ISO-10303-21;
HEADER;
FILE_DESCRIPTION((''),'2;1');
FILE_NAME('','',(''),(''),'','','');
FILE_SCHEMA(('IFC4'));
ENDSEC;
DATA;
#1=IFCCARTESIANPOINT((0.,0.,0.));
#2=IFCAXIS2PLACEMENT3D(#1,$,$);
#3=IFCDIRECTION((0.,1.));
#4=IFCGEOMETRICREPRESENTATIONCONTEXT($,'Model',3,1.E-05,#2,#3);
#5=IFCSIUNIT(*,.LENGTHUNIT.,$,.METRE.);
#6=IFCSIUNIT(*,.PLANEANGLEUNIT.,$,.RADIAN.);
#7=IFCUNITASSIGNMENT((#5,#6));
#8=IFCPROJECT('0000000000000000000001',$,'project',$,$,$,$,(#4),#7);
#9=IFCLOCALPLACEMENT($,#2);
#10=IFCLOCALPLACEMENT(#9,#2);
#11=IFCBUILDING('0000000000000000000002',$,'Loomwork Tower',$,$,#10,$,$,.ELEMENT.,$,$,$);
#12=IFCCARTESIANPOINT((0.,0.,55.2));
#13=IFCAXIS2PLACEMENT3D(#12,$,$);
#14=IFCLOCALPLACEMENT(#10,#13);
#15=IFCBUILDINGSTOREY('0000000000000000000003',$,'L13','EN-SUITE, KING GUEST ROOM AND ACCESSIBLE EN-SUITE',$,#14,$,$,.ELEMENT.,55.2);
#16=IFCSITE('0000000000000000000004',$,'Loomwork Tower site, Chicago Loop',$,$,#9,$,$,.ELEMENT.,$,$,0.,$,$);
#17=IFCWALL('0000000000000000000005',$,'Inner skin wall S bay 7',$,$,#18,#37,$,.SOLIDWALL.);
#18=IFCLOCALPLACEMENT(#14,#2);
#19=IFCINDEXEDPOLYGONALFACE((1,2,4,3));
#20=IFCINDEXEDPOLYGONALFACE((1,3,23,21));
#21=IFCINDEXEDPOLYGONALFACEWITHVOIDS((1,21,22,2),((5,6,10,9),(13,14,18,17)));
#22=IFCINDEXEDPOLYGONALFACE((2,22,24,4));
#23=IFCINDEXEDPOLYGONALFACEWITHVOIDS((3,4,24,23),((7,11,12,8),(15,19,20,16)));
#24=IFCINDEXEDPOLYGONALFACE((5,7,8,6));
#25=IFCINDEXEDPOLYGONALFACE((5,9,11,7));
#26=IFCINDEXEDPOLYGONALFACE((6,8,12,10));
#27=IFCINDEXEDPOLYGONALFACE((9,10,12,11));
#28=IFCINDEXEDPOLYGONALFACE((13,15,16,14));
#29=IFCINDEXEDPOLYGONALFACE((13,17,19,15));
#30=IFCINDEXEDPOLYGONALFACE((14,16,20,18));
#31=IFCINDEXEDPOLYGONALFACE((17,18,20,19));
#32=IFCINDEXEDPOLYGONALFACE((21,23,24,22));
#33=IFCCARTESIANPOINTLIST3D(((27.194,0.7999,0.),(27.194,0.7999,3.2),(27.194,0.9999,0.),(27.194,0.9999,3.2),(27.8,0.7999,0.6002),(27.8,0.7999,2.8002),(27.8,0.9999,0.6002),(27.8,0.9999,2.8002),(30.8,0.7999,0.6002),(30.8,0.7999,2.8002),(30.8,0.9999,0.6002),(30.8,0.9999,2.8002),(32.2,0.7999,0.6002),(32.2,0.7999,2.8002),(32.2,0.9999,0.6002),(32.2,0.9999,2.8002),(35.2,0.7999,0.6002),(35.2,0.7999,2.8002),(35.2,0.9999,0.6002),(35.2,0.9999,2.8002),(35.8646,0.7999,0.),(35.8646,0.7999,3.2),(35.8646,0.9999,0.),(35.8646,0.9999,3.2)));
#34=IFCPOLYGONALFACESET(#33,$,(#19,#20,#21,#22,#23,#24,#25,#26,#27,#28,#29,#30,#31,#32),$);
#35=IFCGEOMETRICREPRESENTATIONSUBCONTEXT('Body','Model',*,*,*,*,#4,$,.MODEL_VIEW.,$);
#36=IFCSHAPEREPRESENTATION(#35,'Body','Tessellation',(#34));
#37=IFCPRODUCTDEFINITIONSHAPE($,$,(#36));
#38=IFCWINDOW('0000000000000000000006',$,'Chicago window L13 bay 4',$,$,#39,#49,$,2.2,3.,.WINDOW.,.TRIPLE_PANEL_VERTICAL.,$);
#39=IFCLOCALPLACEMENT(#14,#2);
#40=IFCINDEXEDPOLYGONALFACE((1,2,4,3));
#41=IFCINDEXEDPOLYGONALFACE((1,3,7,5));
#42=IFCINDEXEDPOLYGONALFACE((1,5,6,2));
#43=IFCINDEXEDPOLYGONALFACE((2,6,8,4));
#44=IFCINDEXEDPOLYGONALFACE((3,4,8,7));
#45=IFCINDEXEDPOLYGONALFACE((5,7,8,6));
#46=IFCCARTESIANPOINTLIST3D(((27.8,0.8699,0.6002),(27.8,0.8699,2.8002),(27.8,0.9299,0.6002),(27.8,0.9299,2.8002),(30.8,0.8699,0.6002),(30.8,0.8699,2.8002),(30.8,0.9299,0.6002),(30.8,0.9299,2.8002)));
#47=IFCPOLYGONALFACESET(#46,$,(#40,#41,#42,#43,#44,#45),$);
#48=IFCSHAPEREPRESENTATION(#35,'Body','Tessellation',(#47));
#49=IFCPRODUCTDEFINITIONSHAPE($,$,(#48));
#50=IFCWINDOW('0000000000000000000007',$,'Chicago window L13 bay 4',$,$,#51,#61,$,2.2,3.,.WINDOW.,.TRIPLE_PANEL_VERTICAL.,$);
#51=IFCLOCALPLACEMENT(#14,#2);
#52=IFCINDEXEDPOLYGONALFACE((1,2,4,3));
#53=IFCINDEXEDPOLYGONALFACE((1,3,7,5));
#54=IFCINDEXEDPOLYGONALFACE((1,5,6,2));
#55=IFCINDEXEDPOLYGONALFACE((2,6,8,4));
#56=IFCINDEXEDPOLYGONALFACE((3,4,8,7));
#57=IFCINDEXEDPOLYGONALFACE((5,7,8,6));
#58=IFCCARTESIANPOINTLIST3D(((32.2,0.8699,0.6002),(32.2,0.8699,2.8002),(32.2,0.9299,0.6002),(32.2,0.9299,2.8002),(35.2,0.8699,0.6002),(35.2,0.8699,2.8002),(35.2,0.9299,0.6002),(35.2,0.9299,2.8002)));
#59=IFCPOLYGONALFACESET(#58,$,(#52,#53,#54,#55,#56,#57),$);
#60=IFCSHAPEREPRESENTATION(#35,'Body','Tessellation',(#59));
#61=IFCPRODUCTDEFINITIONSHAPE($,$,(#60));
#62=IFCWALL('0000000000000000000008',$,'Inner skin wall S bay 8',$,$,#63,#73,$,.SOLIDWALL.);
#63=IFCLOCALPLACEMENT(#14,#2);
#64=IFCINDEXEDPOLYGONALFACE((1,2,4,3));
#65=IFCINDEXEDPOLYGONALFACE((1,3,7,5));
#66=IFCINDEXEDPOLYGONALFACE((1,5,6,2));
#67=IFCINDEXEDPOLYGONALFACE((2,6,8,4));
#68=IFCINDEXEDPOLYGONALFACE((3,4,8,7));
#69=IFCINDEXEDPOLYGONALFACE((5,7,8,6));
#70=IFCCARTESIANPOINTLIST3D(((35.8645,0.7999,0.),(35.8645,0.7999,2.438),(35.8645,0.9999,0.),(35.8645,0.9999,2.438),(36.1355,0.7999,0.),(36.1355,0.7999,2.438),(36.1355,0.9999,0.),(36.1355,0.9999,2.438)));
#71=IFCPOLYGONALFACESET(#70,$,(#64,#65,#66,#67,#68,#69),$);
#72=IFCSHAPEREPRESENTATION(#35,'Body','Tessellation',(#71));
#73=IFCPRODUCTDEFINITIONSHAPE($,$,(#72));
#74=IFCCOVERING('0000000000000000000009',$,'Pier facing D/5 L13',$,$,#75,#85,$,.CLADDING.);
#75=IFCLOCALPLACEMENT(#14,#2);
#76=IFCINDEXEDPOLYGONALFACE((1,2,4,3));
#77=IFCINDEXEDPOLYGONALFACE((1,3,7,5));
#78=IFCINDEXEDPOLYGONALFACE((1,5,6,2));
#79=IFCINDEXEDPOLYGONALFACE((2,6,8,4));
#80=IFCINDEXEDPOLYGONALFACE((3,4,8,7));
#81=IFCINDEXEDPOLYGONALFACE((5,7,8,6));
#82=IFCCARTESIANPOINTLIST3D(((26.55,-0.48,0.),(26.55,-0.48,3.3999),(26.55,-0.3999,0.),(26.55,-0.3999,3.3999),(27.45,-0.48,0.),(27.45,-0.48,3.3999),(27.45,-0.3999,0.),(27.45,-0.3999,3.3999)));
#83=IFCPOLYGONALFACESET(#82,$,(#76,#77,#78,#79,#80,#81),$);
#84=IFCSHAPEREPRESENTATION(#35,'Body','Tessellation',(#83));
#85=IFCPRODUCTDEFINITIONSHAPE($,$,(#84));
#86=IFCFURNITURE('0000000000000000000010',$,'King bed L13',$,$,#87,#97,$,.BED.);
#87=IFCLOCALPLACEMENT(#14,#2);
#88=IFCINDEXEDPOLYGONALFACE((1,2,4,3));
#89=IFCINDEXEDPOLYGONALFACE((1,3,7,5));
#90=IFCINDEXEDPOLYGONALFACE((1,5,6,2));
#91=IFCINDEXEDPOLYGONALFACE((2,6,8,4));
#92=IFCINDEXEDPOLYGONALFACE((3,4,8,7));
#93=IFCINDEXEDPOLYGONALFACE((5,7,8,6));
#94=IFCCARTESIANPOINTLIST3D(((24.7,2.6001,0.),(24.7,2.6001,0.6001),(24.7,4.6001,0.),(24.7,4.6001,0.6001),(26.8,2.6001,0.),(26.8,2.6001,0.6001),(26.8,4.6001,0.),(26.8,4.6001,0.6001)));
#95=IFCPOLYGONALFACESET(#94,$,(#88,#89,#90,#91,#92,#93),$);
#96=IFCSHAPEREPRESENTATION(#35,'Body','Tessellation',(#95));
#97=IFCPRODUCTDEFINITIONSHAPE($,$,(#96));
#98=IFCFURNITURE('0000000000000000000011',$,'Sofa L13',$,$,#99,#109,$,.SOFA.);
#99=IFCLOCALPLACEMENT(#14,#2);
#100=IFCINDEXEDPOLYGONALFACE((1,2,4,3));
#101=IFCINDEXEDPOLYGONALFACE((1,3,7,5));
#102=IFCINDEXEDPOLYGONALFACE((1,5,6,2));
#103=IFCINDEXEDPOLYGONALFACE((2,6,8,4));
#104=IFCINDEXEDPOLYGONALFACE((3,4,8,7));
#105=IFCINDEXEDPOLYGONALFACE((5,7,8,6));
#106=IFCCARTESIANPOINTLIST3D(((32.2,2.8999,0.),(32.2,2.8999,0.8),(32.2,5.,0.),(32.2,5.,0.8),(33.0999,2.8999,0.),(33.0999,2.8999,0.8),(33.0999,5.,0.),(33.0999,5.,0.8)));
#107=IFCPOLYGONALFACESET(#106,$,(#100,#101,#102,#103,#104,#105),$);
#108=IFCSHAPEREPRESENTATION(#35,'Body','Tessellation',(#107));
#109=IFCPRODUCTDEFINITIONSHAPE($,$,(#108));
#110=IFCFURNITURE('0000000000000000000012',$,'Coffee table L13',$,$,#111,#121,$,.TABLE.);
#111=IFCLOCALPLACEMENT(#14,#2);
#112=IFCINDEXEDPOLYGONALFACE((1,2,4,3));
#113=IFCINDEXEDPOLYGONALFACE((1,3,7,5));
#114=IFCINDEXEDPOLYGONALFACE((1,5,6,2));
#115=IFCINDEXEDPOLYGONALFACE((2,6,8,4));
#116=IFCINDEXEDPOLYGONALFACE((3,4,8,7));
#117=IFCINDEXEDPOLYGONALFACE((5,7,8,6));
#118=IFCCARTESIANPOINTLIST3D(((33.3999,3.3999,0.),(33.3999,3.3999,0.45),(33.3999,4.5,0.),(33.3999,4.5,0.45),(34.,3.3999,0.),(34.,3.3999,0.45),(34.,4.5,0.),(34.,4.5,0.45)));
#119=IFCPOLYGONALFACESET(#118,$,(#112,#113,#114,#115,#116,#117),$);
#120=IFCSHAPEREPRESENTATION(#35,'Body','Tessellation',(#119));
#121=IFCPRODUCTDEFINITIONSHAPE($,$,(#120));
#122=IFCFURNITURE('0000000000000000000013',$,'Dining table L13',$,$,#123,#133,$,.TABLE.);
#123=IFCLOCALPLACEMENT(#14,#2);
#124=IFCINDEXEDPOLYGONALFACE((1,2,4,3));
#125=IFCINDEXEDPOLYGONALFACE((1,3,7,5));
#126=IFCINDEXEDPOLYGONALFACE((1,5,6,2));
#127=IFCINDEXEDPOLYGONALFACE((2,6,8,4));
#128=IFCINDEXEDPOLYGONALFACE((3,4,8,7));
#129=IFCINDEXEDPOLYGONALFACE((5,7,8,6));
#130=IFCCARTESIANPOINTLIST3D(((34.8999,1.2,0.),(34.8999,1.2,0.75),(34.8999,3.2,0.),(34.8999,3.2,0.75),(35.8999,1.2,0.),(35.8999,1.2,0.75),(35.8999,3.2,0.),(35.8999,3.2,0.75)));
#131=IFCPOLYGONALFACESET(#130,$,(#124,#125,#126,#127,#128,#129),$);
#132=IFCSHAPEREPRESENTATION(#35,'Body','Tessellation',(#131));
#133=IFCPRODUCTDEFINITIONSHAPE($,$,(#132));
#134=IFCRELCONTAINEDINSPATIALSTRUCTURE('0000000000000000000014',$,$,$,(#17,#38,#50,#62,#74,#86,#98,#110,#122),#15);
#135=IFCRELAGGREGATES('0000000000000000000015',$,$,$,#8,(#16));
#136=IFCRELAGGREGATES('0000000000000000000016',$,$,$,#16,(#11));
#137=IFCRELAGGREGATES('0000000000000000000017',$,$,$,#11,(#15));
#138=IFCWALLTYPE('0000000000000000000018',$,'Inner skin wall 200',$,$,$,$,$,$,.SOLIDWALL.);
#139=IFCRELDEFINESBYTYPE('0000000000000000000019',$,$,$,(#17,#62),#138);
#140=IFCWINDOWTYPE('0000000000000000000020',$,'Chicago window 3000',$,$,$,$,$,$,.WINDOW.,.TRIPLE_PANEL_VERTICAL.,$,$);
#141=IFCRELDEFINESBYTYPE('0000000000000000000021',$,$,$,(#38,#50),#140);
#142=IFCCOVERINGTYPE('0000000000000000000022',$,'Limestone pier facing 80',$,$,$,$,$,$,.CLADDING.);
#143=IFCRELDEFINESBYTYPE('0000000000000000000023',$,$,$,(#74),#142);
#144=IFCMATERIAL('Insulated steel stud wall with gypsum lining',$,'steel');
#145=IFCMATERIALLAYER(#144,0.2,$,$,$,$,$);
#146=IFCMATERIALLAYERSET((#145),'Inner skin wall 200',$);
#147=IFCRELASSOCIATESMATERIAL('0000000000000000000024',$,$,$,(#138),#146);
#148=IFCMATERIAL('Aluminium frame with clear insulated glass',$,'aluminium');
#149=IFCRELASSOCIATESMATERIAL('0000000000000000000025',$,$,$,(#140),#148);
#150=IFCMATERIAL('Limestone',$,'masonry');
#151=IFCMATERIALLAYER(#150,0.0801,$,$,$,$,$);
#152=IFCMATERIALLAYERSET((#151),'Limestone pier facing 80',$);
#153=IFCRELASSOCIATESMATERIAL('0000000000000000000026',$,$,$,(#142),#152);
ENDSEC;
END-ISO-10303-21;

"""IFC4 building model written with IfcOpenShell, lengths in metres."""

from ifc_helpers import new_model, si_unit, direction, frame, frame_2d, origin, origin_2d, place, context, subcontext, project, spatial, rectangle, extrude, material, layer, layer_set, type_object, element, fill, save


model = new_model("IFC4")

# Units and contexts
model_context = context("Model", 3, precision=1e-05, world=origin(), true_north=direction((0.0, 1.0)))
body_context = subcontext(model_context, "Body", "Model", "MODEL_VIEW")
ifc_project = project(units=[si_unit("LENGTHUNIT", "METRE"), si_unit("PLANEANGLEUNIT", "RADIAN")], contexts=[model_context])

# Site, building, storey
site_placement = place(None, origin())
site = spatial("IfcSite", under=ifc_project, at=site_placement, Name="Loomwork Tower site, Chicago Loop", CompositionType="ELEMENT", RefElevation=0.0)
building_placement = place(site_placement, origin())
building = spatial("IfcBuilding", under=site, at=building_placement, Name="Loomwork Tower", CompositionType="ELEMENT")
storey_placement = place(building_placement, frame((0.0, 0.0, 55.2)))
storey = spatial("IfcBuildingStorey", under=building, at=storey_placement, Name="L13", Description="EN-SUITE, KING GUEST ROOM AND ACCESSIBLE EN-SUITE", CompositionType="ELEMENT", Elevation=55.2)

# Shared definitions
ifc_material_1 = material(Name="Insulated steel stud wall with gypsum lining", Category="steel")
ifc_layer_1 = layer(ifc_material_1, 0.2)
ifc_layer_set_1 = layer_set([ifc_layer_1], Name="Inner skin wall 200")
wall_type = type_object("IfcWallType", Name="Inner skin wall 200", PredefinedType="SOLIDWALL", material=ifc_layer_set_1)

# Wall, openings, windows
wall_1_placement = place(storey_placement, frame((27.1938, 0.8999, 0.0), z_axis=(0.0, 0.0, 1.0), x_axis=(1.0, 0.0, 0.0)))
wall_1 = element("IfcWall", 1, at=wall_1_placement, inside=storey, type_object=wall_type, Name="Inner skin wall S bay 7", PredefinedType="SOLIDWALL", context=body_context, shape_type="SweptSolid", body=[
    extrude(rectangle(XDim=8.6707, YDim=0.2, at=frame_2d((4.3354, 0.0))), origin(), (0.0, 0.0, 1.0), 3.2),
])
opening_1_placement = place(wall_1_placement, frame((0.6062, 0.0, 0.6001)))
opening_1 = element("IfcOpeningElement", 2, at=opening_1_placement, cuts=wall_1, PredefinedType="OPENING", context=body_context, shape_type="SweptSolid", body=[
    extrude(rectangle(XDim=3.0, YDim=2.2, at=frame_2d((1.5, 1.1001))), frame((0.0, 0.1099, 0.0), z_axis=(0.0, -1.0, 0.0), x_axis=(1.0, 0.0, 0.0)), (0.0, 0.0, 1.0), 0.22),
])
opening_2_placement = place(wall_1_placement, frame((5.0061, 0.0, 0.6001)))
opening_2 = element("IfcOpeningElement", 3, at=opening_2_placement, cuts=wall_1, PredefinedType="OPENING", context=body_context, shape_type="SweptSolid", body=[
    extrude(rectangle(XDim=3.0, YDim=2.2, at=frame_2d((1.5, 1.1001))), frame((0.0, 0.1099, 0.0), z_axis=(0.0, -1.0, 0.0), x_axis=(1.0, 0.0, 0.0)), (0.0, 0.0, 1.0), 0.22),
])
ifc_material_2 = material(Name="Aluminium frame with clear insulated glass", Category="aluminium")
window_type = type_object("IfcWindowType", Name="Chicago window 3000", PartitioningType="TRIPLE_PANEL_VERTICAL", PredefinedType="WINDOW", material=ifc_material_2)
window_1_placement = place(opening_1_placement, origin())
window_1 = element("IfcWindow", 4, at=window_1_placement, inside=storey, type_object=window_type, Name="Chicago window L13 bay 4", OverallHeight=2.2, OverallWidth=3.0, PartitioningType="TRIPLE_PANEL_VERTICAL", PredefinedType="WINDOW", context=body_context, shape_type="SweptSolid", body=[
    extrude(rectangle(XDim=3.0, YDim=2.2, at=frame_2d((1.5, 1.1001))), frame((0.0, 0.03, 0.0), z_axis=(0.0, -1.0, 0.0), x_axis=(1.0, 0.0, 0.0)), (0.0, 0.0, 1.0), 0.0601),
])
fill(opening_1, window_1)
window_2_placement = place(opening_2_placement, origin())
window_2 = element("IfcWindow", 5, at=window_2_placement, inside=storey, type_object=window_type, Name="Chicago window L13 bay 4", OverallHeight=2.2, OverallWidth=3.0, PartitioningType="TRIPLE_PANEL_VERTICAL", PredefinedType="WINDOW", context=body_context, shape_type="SweptSolid", body=[
    extrude(rectangle(XDim=3.0, YDim=2.2, at=frame_2d((1.5, 1.1001))), frame((0.0, 0.03, 0.0), z_axis=(0.0, -1.0, 0.0), x_axis=(1.0, 0.0, 0.0)), (0.0, 0.0, 1.0), 0.0601),
])
fill(opening_2, window_2)

# Wall
wall_2_placement = place(storey_placement, frame((35.8645, 0.8999, 0.0), z_axis=(0.0, 0.0, 1.0), x_axis=(1.0, 0.0, 0.0)))
element("IfcWall", 6, at=wall_2_placement, inside=storey, type_object=wall_type, Name="Inner skin wall S bay 8", PredefinedType="SOLIDWALL", context=body_context, shape_type="SweptSolid", body=[
    extrude(rectangle(XDim=0.271, YDim=0.2, at=frame_2d((0.1355, 0.0))), origin(), (0.0, 0.0, 1.0), 2.438),
])

# Covering
ifc_material_3 = material(Name="Limestone", Category="masonry")
ifc_layer_2 = layer(ifc_material_3, 0.0801)
ifc_layer_set_2 = layer_set([ifc_layer_2], Name="Limestone pier facing 80")
covering_type = type_object("IfcCoveringType", Name="Limestone pier facing 80", PredefinedType="CLADDING", material=ifc_layer_set_2)
covering_placement = place(storey_placement, frame((27.0, -0.4399, 0.0), z_axis=(0.0, 0.0, 1.0), x_axis=(1.0, 0.0, 0.0)))
element("IfcCovering", 7, at=covering_placement, inside=storey, type_object=covering_type, Name="Pier facing D/5 L13", PredefinedType="CLADDING", context=body_context, shape_type="SweptSolid", body=[
    extrude(rectangle(XDim=0.8999, YDim=0.0801, at=origin_2d()), origin(), (0.0, 0.0, 1.0), 3.3999),
])

# Furniture
furniture_1_placement = place(storey_placement, frame((25.75, 3.6001, 0.0), z_axis=(0.0, 0.0, 1.0), x_axis=(1.0, 0.0, 0.0)))
element("IfcFurniture", 8, at=furniture_1_placement, inside=storey, Name="King bed L13", PredefinedType="BED", context=body_context, shape_type="SweptSolid", body=[
    extrude(rectangle(XDim=2.1001, YDim=2.0, at=origin_2d()), origin(), (0.0, 0.0, 1.0), 0.6001),
])
furniture_2_placement = place(storey_placement, frame((32.6499, 3.95, 0.0), z_axis=(0.0, 0.0, 1.0), x_axis=(1.0, 0.0, 0.0)))
element("IfcFurniture", 9, at=furniture_2_placement, inside=storey, Name="Sofa L13", PredefinedType="SOFA", context=body_context, shape_type="SweptSolid", body=[
    extrude(rectangle(XDim=0.8999, YDim=2.1001, at=origin_2d()), origin(), (0.0, 0.0, 1.0), 0.8),
])
furniture_3_placement = place(storey_placement, frame((33.7, 3.95, 0.0), z_axis=(0.0, 0.0, 1.0), x_axis=(1.0, 0.0, 0.0)))
element("IfcFurniture", 10, at=furniture_3_placement, inside=storey, Name="Coffee table L13", PredefinedType="TABLE", context=body_context, shape_type="SweptSolid", body=[
    extrude(rectangle(XDim=0.6001, YDim=1.1001, at=origin_2d()), origin(), (0.0, 0.0, 1.0), 0.45),
])
furniture_4_placement = place(storey_placement, frame((35.3999, 2.2, 0.0), z_axis=(0.0, 0.0, 1.0), x_axis=(1.0, 0.0, 0.0)))
element("IfcFurniture", 11, at=furniture_4_placement, inside=storey, Name="Dining table L13", PredefinedType="TABLE", context=body_context, shape_type="SweptSolid", body=[
    extrude(rectangle(XDim=1.0, YDim=2.0, at=origin_2d()), origin(), (0.0, 0.0, 1.0), 0.75),
])

save(model, "model.ifc")
